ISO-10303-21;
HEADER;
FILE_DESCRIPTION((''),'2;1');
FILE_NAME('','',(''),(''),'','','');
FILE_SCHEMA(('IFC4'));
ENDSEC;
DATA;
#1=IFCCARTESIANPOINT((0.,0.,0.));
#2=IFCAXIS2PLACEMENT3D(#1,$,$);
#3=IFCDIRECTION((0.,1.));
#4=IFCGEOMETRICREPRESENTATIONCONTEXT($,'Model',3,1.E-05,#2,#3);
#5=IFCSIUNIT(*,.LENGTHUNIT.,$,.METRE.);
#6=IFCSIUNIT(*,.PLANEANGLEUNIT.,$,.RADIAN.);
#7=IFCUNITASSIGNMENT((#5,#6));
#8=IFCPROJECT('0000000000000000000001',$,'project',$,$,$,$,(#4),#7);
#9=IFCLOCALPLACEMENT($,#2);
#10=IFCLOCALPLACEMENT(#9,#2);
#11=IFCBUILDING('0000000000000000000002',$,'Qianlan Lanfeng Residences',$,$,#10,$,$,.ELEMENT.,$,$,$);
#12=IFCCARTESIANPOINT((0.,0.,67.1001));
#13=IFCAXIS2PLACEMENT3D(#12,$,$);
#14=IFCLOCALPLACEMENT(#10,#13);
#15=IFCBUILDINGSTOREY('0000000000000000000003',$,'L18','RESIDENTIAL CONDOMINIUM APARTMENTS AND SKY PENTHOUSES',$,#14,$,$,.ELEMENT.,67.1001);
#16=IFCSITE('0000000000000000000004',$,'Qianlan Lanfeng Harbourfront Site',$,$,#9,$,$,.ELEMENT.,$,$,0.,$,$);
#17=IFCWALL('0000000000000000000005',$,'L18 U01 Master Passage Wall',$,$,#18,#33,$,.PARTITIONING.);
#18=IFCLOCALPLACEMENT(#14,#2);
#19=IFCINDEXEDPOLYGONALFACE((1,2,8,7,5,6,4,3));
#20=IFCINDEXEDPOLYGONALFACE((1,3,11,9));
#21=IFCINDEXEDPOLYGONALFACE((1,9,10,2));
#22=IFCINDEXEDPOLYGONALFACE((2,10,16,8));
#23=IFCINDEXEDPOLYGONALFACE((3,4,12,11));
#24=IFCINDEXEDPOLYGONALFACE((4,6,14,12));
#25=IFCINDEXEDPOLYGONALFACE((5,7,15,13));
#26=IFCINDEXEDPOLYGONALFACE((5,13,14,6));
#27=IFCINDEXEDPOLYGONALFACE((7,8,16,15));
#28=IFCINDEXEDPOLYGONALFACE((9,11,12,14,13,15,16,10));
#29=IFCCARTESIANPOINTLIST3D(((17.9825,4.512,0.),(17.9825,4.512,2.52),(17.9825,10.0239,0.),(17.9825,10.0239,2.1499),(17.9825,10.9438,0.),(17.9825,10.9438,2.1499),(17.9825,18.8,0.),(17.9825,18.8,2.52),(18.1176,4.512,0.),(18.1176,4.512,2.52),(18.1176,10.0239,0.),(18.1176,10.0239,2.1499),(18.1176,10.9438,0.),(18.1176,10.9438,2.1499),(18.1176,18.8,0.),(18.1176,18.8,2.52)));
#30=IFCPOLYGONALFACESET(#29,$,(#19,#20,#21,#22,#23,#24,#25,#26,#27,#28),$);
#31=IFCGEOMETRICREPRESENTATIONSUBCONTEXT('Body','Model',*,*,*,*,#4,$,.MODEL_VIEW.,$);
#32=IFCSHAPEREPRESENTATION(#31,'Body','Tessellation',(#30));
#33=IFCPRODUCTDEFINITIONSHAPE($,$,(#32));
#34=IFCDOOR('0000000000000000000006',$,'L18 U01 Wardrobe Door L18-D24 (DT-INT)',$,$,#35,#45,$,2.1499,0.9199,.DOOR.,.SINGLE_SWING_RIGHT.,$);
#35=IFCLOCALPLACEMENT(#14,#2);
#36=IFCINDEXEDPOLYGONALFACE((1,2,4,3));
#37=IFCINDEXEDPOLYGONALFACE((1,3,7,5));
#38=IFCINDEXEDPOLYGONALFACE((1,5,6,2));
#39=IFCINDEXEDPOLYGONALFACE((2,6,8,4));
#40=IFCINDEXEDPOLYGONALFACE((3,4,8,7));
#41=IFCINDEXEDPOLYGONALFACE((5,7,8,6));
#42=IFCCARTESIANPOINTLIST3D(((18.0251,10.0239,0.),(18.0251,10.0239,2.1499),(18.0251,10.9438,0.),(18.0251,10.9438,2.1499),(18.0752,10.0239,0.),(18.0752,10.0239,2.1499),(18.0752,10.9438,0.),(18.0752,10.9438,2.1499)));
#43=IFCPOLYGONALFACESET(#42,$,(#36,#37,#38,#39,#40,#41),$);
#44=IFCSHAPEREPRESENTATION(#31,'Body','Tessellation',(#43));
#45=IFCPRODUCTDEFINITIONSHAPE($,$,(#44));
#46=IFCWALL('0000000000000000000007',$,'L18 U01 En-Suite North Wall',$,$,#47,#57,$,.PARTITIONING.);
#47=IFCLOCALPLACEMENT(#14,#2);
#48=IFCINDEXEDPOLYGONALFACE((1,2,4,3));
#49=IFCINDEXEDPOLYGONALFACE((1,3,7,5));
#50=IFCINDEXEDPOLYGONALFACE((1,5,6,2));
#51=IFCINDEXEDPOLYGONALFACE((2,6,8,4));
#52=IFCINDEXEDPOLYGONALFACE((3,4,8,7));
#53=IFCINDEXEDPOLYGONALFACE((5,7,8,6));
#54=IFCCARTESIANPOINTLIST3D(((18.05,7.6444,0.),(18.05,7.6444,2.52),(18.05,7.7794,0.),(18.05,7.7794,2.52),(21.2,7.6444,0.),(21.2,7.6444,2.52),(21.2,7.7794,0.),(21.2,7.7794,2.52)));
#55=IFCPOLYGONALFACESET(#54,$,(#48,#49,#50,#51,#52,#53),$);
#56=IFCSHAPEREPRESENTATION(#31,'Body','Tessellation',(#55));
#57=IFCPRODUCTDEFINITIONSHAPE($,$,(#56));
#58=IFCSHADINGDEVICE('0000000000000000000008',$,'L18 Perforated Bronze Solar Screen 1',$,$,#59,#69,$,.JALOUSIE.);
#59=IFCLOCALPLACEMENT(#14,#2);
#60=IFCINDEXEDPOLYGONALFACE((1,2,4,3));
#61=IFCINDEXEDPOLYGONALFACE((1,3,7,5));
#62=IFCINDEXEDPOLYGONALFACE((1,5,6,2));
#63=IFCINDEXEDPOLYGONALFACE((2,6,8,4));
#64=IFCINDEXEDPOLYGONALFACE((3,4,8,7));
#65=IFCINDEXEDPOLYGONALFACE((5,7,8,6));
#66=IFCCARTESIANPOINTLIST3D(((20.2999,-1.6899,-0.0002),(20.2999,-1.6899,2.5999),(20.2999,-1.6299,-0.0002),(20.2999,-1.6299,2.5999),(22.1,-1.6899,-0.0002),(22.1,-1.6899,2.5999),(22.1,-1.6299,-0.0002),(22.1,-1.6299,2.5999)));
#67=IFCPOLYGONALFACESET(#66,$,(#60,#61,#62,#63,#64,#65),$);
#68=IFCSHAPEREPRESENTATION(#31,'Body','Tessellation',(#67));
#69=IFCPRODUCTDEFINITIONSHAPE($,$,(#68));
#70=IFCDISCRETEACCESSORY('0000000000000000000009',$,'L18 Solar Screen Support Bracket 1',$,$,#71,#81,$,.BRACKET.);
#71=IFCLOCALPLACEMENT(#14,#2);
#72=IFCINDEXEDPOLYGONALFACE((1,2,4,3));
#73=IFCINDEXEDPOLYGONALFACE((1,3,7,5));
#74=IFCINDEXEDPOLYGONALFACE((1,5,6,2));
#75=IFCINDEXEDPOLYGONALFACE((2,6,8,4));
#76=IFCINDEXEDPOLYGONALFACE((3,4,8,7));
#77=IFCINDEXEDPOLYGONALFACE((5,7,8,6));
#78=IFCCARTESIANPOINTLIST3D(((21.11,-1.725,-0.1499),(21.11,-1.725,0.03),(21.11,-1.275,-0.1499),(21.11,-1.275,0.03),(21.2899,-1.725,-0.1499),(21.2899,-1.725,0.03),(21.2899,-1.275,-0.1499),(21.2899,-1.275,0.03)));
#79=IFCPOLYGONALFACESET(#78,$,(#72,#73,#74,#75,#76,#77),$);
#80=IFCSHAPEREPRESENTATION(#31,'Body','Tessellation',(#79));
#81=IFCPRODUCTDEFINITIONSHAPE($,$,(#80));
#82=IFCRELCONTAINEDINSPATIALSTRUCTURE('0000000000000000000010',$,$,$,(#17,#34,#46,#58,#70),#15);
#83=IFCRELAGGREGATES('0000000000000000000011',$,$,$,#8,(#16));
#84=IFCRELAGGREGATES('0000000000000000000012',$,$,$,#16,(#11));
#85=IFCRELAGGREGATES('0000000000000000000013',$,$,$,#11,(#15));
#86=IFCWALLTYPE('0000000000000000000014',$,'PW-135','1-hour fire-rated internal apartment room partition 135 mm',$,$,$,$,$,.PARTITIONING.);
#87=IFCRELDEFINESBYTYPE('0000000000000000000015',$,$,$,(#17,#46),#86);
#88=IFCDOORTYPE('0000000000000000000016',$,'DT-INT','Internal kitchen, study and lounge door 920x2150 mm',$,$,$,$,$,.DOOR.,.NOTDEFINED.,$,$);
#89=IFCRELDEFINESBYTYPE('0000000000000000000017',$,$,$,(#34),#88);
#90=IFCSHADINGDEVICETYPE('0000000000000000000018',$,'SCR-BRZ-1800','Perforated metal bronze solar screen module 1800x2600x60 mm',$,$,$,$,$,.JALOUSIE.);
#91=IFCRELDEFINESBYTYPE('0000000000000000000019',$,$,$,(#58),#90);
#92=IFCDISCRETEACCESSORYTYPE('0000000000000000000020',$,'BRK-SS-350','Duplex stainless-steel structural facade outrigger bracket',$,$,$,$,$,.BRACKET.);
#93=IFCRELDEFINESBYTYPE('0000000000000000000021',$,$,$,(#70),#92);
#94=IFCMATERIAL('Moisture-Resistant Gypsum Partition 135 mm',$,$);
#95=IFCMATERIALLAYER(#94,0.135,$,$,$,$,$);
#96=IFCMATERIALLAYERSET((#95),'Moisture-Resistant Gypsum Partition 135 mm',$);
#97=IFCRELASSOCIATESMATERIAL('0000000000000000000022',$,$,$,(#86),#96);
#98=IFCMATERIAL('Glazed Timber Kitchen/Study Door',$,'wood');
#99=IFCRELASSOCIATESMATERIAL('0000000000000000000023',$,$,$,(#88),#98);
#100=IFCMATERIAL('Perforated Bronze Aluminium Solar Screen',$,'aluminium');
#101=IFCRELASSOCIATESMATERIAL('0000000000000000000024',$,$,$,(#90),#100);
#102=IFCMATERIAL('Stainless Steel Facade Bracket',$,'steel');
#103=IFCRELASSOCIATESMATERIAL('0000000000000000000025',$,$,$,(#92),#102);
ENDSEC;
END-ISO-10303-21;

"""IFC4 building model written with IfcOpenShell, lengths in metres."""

from ifc_helpers import new_model, si_unit, direction, frame, frame_2d, origin, origin_2d, place, context, subcontext, project, spatial, rectangle, extrude, source, transform, mapped, material, layer, layer_set, type_object, element, fill, save


model = new_model("IFC4")

# Units and contexts
model_context = context("Model", 3, precision=1e-05, world=origin(), true_north=direction((0.0, 1.0)))
body_context = subcontext(model_context, "Body", "Model", "MODEL_VIEW")
ifc_project = project(units=[si_unit("LENGTHUNIT", "METRE"), si_unit("PLANEANGLEUNIT", "RADIAN")], contexts=[model_context])

# Site, building, storey
site_placement = place(None, origin())
site = spatial("IfcSite", under=ifc_project, at=site_placement, Name="Qianlan Lanfeng Harbourfront Site", CompositionType="ELEMENT", RefElevation=0.0)
building_placement = place(site_placement, origin())
building = spatial("IfcBuilding", under=site, at=building_placement, Name="Qianlan Lanfeng Residences", CompositionType="ELEMENT")
storey_placement = place(building_placement, frame((0.0, 0.0, 67.1001)))
storey = spatial("IfcBuildingStorey", under=building, at=storey_placement, Name="L18", Description="RESIDENTIAL CONDOMINIUM APARTMENTS AND SKY PENTHOUSES", CompositionType="ELEMENT", Elevation=67.1001)

# Shared definitions
ifc_material_1 = material(Name="Moisture-Resistant Gypsum Partition 135 mm")
ifc_layer_1 = layer(ifc_material_1, 0.135)
ifc_layer_set_1 = layer_set([ifc_layer_1], Name="Moisture-Resistant Gypsum Partition 135 mm")
wall_type_1 = type_object("IfcWallType", Name="PW-135", Description="1-hour fire-rated internal apartment room partition 135 mm", PredefinedType="PARTITIONING", material=ifc_layer_set_1)
ifc_material_2 = material(Name="Glazed Timber Kitchen/Study Door", Category="wood")
door_type_1 = type_object("IfcDoorType", Name="DT-INT", Description="Internal kitchen, study and lounge door 920x2150 mm", OperationType="NOTDEFINED", PredefinedType="DOOR", material=ifc_material_2)

# Wall, opening, door
wall_1_placement = place(storey_placement, frame((18.05, 4.512, 0.0), z_axis=(0.0, 0.0, 1.0), x_axis=(0.0, 1.0, 0.0)))
wall_1 = element("IfcWall", 1, at=wall_1_placement, inside=storey, type_object=wall_type_1, Name="L18 U01 Master Passage Wall", PredefinedType="PARTITIONING", context=body_context, shape_type="SweptSolid", body=[
    extrude(rectangle(XDim=14.2881, YDim=0.135, at=frame_2d((7.144, 0.0))), origin(), (0.0, 0.0, 1.0), 2.52),
])
opening_1_placement = place(wall_1_placement, frame((5.512, 0.0, 0.0)))
opening_1 = element("IfcOpeningElement", 2, at=opening_1_placement, cuts=wall_1, PredefinedType="OPENING", context=body_context, shape_type="SweptSolid", body=[
    extrude(rectangle(XDim=0.9199, YDim=2.1499, at=frame_2d((0.46, 1.075))), frame((0.0, 0.0776, 0.0), z_axis=(0.0, -1.0, 0.0), x_axis=(1.0, 0.0, 0.0)), (0.0, 0.0, 1.0), 0.155),
])
door_1_placement = place(opening_1_placement, origin())
door_1 = element("IfcDoor", 3, at=door_1_placement, inside=storey, type_object=door_type_1, Name="L18 U01 Wardrobe Door L18-D24 (DT-INT)", OperationType="SINGLE_SWING_RIGHT", OverallHeight=2.1499, OverallWidth=0.9199, PredefinedType="DOOR", context=body_context, shape_type="SweptSolid", body=[
    extrude(rectangle(XDim=0.9199, YDim=2.1499, at=frame_2d((0.46, 1.075))), frame((0.0, 0.0249, 0.0), z_axis=(0.0, -1.0, 0.0), x_axis=(1.0, 0.0, 0.0)), (0.0, 0.0, 1.0), 0.05),
])
fill(opening_1, door_1)

# Wall
wall_2_placement = place(storey_placement, frame((18.05, 7.7119, 0.0), z_axis=(0.0, 0.0, 1.0), x_axis=(1.0, 0.0, 0.0)))
element("IfcWall", 4, at=wall_2_placement, inside=storey, type_object=wall_type_1, Name="L18 U01 En-Suite North Wall", PredefinedType="PARTITIONING", context=body_context, shape_type="SweptSolid", body=[
    extrude(rectangle(XDim=3.1499, YDim=0.135, at=frame_2d((1.575, 0.0))), origin(), (0.0, 0.0, 1.0), 2.52),
])

# Shading device
ifc_material_3 = material(Name="Perforated Bronze Aluminium Solar Screen", Category="aluminium")
shading_device_type = type_object("IfcShadingDeviceType", Name="SCR-BRZ-1800", Description="Perforated metal bronze solar screen module 1800x2600x60 mm", PredefinedType="JALOUSIE", material=ifc_material_3)
shared_shape_1 = source(origin(), body_context, "Body", "SweptSolid", [
    extrude(rectangle(XDim=1.8, YDim=0.0601, at=origin_2d()), origin(), (0.0, 0.0, 1.0), 2.6001),
])
shading_device_placement = place(storey_placement, frame((21.2, -1.6599, -0.0002), z_axis=(0.0, 0.0, 1.0), x_axis=(1.0, 0.0, 0.0)))
element("IfcShadingDevice", 5, at=shading_device_placement, inside=storey, type_object=shading_device_type, Name="L18 Perforated Bronze Solar Screen 1", PredefinedType="JALOUSIE", context=body_context, shape_type="MappedRepresentation", body=[
    mapped(shared_shape_1, transform((0.0, 0.0, 0.0), scale=1.0)),
])

# Discrete accessory
ifc_material_4 = material(Name="Stainless Steel Facade Bracket", Category="steel")
discrete_accessory_type = type_object("IfcDiscreteAccessoryType", Name="BRK-SS-350", Description="Duplex stainless-steel structural facade outrigger bracket", PredefinedType="BRACKET", material=ifc_material_4)
shared_shape_2 = source(origin(), body_context, "Body", "SweptSolid", [
    extrude(rectangle(XDim=0.1799, YDim=0.45, at=origin_2d()), origin(), (0.0, 0.0, 1.0), 0.1799),
])
discrete_accessory_placement = place(storey_placement, frame((21.2, -1.5, -0.1499), z_axis=(0.0, 0.0, 1.0), x_axis=(1.0, 0.0, 0.0)))
element("IfcDiscreteAccessory", 6, at=discrete_accessory_placement, inside=storey, type_object=discrete_accessory_type, Name="L18 Solar Screen Support Bracket 1", PredefinedType="BRACKET", context=body_context, shape_type="MappedRepresentation", body=[
    mapped(shared_shape_2, transform((0.0, 0.0, 0.0), scale=1.0)),
])

save(model, "model.ifc")
